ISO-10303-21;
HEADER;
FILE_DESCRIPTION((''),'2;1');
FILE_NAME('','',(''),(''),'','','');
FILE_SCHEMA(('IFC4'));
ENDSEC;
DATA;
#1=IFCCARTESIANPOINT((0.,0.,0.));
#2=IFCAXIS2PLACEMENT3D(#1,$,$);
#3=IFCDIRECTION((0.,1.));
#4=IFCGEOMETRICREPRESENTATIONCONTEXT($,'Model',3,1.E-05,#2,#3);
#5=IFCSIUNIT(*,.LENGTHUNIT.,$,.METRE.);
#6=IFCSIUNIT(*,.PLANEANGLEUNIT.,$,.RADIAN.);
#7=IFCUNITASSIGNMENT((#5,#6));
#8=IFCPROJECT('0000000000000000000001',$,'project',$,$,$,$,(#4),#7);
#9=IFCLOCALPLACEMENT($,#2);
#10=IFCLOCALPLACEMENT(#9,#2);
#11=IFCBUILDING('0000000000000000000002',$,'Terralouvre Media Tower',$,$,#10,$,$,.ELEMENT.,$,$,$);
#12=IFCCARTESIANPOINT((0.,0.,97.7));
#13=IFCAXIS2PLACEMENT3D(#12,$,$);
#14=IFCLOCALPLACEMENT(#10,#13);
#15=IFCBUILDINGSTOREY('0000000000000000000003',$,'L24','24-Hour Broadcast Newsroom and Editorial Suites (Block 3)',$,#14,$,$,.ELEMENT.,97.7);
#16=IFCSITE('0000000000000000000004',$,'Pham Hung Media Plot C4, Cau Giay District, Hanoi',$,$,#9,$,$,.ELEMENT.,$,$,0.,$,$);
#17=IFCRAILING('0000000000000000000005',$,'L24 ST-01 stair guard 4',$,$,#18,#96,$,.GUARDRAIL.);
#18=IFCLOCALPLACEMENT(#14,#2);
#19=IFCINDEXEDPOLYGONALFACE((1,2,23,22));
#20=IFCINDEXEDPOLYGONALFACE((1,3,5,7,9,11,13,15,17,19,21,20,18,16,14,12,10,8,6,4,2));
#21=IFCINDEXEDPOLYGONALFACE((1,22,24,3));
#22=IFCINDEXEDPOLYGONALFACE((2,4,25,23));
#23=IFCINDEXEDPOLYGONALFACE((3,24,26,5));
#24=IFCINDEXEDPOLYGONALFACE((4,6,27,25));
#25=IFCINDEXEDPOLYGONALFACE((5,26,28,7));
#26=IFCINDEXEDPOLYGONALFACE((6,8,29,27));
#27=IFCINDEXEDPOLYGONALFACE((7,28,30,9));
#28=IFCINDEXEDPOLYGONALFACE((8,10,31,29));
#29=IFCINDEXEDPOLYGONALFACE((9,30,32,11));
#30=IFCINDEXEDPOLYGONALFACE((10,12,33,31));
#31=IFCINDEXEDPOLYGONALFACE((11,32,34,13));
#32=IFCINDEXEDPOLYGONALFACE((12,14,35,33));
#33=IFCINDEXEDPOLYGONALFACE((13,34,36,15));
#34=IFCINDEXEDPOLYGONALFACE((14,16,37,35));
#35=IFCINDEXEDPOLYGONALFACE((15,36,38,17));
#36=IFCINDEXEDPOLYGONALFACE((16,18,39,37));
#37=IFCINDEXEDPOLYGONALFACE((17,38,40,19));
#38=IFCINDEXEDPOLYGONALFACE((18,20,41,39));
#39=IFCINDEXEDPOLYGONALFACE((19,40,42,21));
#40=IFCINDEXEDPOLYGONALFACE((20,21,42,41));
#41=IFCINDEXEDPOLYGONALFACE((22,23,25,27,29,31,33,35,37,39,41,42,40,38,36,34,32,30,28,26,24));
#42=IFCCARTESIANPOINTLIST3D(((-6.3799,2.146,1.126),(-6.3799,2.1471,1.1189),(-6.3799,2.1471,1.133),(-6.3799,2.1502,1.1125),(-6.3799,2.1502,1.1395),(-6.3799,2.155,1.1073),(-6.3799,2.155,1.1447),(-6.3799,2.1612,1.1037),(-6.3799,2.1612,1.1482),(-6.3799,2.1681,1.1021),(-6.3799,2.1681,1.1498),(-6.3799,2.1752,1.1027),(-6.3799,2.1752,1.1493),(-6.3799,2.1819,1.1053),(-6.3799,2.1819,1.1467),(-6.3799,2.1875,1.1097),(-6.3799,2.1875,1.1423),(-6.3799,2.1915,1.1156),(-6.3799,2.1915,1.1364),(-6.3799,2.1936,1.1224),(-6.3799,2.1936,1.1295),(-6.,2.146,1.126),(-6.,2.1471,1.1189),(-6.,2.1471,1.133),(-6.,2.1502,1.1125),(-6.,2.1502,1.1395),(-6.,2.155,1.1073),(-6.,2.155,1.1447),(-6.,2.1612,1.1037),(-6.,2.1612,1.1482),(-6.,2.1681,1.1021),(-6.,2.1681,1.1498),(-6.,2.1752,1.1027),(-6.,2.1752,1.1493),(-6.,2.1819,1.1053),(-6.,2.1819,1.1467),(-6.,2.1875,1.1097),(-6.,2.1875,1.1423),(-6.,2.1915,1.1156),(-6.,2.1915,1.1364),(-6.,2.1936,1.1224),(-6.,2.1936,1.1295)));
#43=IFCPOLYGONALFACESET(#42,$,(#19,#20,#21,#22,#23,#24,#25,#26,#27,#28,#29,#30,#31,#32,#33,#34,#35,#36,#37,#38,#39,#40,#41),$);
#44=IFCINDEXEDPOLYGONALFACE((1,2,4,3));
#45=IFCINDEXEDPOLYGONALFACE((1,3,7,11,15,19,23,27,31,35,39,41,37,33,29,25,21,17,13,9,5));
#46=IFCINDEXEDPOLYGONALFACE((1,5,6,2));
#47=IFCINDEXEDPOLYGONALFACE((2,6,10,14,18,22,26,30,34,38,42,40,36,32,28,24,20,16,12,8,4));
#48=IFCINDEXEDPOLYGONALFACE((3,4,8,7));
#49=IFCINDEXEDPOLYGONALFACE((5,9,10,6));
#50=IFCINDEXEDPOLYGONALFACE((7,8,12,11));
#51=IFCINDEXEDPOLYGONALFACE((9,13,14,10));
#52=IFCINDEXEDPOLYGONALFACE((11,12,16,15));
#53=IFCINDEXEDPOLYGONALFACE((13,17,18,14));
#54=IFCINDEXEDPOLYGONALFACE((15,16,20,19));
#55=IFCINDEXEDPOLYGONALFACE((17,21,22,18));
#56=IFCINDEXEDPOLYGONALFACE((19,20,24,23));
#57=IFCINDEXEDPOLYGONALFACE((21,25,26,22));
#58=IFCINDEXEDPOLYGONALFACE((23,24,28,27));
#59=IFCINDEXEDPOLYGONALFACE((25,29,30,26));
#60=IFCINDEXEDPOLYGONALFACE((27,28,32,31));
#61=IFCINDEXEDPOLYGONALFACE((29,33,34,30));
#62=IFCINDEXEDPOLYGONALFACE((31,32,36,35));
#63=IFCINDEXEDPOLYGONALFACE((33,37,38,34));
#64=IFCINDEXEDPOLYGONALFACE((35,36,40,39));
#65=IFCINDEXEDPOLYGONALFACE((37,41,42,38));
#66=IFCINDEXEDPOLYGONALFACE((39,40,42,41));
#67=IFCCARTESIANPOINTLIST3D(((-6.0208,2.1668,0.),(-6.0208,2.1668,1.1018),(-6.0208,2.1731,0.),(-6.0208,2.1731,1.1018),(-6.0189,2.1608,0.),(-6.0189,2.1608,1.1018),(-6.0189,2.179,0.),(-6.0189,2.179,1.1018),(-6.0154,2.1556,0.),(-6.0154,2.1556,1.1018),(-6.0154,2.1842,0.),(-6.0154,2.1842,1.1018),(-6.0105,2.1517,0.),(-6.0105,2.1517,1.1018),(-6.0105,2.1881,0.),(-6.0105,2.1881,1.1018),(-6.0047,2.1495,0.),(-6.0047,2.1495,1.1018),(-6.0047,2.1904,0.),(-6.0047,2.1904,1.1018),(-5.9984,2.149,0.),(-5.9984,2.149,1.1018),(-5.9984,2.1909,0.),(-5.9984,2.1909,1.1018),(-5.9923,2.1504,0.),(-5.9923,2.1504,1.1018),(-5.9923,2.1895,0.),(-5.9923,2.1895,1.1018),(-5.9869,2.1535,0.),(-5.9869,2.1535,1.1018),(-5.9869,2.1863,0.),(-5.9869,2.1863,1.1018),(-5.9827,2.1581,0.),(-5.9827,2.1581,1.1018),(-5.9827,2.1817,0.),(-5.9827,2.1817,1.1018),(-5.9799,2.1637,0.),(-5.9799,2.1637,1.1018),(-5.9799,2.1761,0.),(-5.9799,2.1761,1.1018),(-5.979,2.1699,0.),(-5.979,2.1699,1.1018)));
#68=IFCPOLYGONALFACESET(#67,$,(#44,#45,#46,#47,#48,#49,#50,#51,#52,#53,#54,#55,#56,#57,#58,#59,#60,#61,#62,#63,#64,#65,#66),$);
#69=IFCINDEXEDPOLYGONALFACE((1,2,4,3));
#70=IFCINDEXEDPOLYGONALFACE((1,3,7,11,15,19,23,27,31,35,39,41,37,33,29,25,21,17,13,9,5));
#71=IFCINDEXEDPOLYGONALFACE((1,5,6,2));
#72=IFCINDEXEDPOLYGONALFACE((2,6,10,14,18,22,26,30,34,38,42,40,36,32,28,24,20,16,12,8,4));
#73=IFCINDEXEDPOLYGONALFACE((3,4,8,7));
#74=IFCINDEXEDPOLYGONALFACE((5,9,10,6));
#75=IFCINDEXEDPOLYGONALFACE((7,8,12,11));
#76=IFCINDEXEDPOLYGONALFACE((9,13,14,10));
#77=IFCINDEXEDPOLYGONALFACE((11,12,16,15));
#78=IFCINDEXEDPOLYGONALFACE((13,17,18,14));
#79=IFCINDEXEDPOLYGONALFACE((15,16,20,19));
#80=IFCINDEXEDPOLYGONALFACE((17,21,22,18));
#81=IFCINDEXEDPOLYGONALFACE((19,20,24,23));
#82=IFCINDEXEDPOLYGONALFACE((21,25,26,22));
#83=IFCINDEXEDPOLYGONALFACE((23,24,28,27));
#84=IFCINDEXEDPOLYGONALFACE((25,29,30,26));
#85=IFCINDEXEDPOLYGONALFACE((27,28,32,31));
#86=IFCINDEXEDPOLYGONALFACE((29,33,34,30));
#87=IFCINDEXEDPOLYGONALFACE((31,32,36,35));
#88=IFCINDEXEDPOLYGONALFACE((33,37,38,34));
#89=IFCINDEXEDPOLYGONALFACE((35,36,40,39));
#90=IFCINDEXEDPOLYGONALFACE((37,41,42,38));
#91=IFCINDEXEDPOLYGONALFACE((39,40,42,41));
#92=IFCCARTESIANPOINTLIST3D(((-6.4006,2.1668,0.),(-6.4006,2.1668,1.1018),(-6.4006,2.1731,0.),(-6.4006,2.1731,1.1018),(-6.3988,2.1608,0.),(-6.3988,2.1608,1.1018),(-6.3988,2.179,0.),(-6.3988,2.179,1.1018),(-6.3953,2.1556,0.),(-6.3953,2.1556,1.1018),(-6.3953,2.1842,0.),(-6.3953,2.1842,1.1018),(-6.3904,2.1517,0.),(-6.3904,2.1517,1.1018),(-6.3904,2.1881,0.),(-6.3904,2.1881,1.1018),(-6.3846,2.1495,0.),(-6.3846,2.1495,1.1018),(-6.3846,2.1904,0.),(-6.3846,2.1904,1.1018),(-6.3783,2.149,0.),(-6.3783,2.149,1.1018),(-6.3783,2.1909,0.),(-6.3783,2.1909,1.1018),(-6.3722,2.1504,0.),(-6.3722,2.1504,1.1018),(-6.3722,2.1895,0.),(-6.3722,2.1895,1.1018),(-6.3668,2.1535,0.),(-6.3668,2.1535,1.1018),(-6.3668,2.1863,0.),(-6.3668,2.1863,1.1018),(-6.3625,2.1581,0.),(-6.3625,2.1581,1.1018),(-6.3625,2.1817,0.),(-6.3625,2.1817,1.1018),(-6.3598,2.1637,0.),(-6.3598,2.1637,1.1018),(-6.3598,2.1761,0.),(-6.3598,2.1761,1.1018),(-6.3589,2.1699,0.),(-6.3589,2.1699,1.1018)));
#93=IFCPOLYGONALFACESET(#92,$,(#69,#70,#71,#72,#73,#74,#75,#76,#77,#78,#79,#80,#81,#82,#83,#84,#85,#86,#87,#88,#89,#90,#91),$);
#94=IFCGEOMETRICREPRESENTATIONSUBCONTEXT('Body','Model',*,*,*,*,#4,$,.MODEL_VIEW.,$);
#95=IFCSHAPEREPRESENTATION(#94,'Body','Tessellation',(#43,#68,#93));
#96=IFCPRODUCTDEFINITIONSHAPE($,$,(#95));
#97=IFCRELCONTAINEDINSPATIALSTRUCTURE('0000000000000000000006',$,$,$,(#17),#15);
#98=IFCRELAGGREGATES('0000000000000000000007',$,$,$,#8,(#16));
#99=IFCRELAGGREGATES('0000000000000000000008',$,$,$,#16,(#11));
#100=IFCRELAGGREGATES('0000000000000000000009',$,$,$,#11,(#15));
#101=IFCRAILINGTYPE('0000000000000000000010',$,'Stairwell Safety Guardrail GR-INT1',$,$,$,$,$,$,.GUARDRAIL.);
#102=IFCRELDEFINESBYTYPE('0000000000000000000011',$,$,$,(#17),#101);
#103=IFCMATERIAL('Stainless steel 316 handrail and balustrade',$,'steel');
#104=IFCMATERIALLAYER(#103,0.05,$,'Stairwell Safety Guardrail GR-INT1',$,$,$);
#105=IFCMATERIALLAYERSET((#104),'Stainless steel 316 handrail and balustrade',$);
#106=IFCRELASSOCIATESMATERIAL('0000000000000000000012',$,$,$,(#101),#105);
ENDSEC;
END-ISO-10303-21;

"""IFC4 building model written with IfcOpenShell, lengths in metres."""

from ifc_helpers import new_model, si_unit, direction, frame, origin, origin_2d, place, context, subcontext, project, spatial, circle, extrude, material, layer, layer_set, type_object, element, save


model = new_model("IFC4")

# Units and contexts
model_context = context("Model", 3, precision=1e-05, world=origin(), true_north=direction((0.0, 1.0)))
body_context = subcontext(model_context, "Body", "Model", "MODEL_VIEW")
ifc_project = project(units=[si_unit("LENGTHUNIT", "METRE"), si_unit("PLANEANGLEUNIT", "RADIAN")], contexts=[model_context])

# Site, building, storey
site_placement = place(None, origin())
site = spatial("IfcSite", under=ifc_project, at=site_placement, Name="Pham Hung Media Plot C4, Cau Giay District, Hanoi", CompositionType="ELEMENT", RefElevation=0.0)
building_placement = place(site_placement, origin())
building = spatial("IfcBuilding", under=site, at=building_placement, Name="Terralouvre Media Tower", CompositionType="ELEMENT")
storey_placement = place(building_placement, frame((0.0, 0.0, 97.7)))
storey = spatial("IfcBuildingStorey", under=building, at=storey_placement, Name="L24", Description="24-Hour Broadcast Newsroom and Editorial Suites (Block 3)", CompositionType="ELEMENT", Elevation=97.7)

# Railing
ifc_material_1 = material(Name="Stainless steel 316 handrail and balustrade", Category="steel")
ifc_layer_1 = layer(ifc_material_1, 0.05, Name="Stairwell Safety Guardrail GR-INT1")
ifc_layer_set_1 = layer_set([ifc_layer_1], Name="Stainless steel 316 handrail and balustrade")
railing_type_1 = type_object("IfcRailingType", Name="Stairwell Safety Guardrail GR-INT1", PredefinedType="GUARDRAIL", material=ifc_layer_set_1)
railing_1_placement = place(storey_placement, frame((-6.0, 2.1699, 0.0)))
element("IfcRailing", 1, at=railing_1_placement, inside=storey, type_object=railing_type_1, Name="L24 ST-01 stair guard 4", PredefinedType="GUARDRAIL", context=body_context, shape_type="SweptSolid", body=[
    extrude(circle(Radius=0.0239, at=origin_2d()), frame((0.0, 0.0, 1.126), z_axis=(-1.0, 0.0, 0.0), x_axis=(0.0, -1.0, 0.0)), (0.0, 0.0, 1.0), 0.3799),
    extrude(circle(Radius=0.021, at=origin_2d()), origin(), (0.0, 0.0, 1.0), 1.1018),
    extrude(circle(Radius=0.021, at=origin_2d()), frame((-0.3799, 0.0, 0.0)), (0.0, 0.0, 1.0), 1.1018),
])

save(model, "model.ifc")
